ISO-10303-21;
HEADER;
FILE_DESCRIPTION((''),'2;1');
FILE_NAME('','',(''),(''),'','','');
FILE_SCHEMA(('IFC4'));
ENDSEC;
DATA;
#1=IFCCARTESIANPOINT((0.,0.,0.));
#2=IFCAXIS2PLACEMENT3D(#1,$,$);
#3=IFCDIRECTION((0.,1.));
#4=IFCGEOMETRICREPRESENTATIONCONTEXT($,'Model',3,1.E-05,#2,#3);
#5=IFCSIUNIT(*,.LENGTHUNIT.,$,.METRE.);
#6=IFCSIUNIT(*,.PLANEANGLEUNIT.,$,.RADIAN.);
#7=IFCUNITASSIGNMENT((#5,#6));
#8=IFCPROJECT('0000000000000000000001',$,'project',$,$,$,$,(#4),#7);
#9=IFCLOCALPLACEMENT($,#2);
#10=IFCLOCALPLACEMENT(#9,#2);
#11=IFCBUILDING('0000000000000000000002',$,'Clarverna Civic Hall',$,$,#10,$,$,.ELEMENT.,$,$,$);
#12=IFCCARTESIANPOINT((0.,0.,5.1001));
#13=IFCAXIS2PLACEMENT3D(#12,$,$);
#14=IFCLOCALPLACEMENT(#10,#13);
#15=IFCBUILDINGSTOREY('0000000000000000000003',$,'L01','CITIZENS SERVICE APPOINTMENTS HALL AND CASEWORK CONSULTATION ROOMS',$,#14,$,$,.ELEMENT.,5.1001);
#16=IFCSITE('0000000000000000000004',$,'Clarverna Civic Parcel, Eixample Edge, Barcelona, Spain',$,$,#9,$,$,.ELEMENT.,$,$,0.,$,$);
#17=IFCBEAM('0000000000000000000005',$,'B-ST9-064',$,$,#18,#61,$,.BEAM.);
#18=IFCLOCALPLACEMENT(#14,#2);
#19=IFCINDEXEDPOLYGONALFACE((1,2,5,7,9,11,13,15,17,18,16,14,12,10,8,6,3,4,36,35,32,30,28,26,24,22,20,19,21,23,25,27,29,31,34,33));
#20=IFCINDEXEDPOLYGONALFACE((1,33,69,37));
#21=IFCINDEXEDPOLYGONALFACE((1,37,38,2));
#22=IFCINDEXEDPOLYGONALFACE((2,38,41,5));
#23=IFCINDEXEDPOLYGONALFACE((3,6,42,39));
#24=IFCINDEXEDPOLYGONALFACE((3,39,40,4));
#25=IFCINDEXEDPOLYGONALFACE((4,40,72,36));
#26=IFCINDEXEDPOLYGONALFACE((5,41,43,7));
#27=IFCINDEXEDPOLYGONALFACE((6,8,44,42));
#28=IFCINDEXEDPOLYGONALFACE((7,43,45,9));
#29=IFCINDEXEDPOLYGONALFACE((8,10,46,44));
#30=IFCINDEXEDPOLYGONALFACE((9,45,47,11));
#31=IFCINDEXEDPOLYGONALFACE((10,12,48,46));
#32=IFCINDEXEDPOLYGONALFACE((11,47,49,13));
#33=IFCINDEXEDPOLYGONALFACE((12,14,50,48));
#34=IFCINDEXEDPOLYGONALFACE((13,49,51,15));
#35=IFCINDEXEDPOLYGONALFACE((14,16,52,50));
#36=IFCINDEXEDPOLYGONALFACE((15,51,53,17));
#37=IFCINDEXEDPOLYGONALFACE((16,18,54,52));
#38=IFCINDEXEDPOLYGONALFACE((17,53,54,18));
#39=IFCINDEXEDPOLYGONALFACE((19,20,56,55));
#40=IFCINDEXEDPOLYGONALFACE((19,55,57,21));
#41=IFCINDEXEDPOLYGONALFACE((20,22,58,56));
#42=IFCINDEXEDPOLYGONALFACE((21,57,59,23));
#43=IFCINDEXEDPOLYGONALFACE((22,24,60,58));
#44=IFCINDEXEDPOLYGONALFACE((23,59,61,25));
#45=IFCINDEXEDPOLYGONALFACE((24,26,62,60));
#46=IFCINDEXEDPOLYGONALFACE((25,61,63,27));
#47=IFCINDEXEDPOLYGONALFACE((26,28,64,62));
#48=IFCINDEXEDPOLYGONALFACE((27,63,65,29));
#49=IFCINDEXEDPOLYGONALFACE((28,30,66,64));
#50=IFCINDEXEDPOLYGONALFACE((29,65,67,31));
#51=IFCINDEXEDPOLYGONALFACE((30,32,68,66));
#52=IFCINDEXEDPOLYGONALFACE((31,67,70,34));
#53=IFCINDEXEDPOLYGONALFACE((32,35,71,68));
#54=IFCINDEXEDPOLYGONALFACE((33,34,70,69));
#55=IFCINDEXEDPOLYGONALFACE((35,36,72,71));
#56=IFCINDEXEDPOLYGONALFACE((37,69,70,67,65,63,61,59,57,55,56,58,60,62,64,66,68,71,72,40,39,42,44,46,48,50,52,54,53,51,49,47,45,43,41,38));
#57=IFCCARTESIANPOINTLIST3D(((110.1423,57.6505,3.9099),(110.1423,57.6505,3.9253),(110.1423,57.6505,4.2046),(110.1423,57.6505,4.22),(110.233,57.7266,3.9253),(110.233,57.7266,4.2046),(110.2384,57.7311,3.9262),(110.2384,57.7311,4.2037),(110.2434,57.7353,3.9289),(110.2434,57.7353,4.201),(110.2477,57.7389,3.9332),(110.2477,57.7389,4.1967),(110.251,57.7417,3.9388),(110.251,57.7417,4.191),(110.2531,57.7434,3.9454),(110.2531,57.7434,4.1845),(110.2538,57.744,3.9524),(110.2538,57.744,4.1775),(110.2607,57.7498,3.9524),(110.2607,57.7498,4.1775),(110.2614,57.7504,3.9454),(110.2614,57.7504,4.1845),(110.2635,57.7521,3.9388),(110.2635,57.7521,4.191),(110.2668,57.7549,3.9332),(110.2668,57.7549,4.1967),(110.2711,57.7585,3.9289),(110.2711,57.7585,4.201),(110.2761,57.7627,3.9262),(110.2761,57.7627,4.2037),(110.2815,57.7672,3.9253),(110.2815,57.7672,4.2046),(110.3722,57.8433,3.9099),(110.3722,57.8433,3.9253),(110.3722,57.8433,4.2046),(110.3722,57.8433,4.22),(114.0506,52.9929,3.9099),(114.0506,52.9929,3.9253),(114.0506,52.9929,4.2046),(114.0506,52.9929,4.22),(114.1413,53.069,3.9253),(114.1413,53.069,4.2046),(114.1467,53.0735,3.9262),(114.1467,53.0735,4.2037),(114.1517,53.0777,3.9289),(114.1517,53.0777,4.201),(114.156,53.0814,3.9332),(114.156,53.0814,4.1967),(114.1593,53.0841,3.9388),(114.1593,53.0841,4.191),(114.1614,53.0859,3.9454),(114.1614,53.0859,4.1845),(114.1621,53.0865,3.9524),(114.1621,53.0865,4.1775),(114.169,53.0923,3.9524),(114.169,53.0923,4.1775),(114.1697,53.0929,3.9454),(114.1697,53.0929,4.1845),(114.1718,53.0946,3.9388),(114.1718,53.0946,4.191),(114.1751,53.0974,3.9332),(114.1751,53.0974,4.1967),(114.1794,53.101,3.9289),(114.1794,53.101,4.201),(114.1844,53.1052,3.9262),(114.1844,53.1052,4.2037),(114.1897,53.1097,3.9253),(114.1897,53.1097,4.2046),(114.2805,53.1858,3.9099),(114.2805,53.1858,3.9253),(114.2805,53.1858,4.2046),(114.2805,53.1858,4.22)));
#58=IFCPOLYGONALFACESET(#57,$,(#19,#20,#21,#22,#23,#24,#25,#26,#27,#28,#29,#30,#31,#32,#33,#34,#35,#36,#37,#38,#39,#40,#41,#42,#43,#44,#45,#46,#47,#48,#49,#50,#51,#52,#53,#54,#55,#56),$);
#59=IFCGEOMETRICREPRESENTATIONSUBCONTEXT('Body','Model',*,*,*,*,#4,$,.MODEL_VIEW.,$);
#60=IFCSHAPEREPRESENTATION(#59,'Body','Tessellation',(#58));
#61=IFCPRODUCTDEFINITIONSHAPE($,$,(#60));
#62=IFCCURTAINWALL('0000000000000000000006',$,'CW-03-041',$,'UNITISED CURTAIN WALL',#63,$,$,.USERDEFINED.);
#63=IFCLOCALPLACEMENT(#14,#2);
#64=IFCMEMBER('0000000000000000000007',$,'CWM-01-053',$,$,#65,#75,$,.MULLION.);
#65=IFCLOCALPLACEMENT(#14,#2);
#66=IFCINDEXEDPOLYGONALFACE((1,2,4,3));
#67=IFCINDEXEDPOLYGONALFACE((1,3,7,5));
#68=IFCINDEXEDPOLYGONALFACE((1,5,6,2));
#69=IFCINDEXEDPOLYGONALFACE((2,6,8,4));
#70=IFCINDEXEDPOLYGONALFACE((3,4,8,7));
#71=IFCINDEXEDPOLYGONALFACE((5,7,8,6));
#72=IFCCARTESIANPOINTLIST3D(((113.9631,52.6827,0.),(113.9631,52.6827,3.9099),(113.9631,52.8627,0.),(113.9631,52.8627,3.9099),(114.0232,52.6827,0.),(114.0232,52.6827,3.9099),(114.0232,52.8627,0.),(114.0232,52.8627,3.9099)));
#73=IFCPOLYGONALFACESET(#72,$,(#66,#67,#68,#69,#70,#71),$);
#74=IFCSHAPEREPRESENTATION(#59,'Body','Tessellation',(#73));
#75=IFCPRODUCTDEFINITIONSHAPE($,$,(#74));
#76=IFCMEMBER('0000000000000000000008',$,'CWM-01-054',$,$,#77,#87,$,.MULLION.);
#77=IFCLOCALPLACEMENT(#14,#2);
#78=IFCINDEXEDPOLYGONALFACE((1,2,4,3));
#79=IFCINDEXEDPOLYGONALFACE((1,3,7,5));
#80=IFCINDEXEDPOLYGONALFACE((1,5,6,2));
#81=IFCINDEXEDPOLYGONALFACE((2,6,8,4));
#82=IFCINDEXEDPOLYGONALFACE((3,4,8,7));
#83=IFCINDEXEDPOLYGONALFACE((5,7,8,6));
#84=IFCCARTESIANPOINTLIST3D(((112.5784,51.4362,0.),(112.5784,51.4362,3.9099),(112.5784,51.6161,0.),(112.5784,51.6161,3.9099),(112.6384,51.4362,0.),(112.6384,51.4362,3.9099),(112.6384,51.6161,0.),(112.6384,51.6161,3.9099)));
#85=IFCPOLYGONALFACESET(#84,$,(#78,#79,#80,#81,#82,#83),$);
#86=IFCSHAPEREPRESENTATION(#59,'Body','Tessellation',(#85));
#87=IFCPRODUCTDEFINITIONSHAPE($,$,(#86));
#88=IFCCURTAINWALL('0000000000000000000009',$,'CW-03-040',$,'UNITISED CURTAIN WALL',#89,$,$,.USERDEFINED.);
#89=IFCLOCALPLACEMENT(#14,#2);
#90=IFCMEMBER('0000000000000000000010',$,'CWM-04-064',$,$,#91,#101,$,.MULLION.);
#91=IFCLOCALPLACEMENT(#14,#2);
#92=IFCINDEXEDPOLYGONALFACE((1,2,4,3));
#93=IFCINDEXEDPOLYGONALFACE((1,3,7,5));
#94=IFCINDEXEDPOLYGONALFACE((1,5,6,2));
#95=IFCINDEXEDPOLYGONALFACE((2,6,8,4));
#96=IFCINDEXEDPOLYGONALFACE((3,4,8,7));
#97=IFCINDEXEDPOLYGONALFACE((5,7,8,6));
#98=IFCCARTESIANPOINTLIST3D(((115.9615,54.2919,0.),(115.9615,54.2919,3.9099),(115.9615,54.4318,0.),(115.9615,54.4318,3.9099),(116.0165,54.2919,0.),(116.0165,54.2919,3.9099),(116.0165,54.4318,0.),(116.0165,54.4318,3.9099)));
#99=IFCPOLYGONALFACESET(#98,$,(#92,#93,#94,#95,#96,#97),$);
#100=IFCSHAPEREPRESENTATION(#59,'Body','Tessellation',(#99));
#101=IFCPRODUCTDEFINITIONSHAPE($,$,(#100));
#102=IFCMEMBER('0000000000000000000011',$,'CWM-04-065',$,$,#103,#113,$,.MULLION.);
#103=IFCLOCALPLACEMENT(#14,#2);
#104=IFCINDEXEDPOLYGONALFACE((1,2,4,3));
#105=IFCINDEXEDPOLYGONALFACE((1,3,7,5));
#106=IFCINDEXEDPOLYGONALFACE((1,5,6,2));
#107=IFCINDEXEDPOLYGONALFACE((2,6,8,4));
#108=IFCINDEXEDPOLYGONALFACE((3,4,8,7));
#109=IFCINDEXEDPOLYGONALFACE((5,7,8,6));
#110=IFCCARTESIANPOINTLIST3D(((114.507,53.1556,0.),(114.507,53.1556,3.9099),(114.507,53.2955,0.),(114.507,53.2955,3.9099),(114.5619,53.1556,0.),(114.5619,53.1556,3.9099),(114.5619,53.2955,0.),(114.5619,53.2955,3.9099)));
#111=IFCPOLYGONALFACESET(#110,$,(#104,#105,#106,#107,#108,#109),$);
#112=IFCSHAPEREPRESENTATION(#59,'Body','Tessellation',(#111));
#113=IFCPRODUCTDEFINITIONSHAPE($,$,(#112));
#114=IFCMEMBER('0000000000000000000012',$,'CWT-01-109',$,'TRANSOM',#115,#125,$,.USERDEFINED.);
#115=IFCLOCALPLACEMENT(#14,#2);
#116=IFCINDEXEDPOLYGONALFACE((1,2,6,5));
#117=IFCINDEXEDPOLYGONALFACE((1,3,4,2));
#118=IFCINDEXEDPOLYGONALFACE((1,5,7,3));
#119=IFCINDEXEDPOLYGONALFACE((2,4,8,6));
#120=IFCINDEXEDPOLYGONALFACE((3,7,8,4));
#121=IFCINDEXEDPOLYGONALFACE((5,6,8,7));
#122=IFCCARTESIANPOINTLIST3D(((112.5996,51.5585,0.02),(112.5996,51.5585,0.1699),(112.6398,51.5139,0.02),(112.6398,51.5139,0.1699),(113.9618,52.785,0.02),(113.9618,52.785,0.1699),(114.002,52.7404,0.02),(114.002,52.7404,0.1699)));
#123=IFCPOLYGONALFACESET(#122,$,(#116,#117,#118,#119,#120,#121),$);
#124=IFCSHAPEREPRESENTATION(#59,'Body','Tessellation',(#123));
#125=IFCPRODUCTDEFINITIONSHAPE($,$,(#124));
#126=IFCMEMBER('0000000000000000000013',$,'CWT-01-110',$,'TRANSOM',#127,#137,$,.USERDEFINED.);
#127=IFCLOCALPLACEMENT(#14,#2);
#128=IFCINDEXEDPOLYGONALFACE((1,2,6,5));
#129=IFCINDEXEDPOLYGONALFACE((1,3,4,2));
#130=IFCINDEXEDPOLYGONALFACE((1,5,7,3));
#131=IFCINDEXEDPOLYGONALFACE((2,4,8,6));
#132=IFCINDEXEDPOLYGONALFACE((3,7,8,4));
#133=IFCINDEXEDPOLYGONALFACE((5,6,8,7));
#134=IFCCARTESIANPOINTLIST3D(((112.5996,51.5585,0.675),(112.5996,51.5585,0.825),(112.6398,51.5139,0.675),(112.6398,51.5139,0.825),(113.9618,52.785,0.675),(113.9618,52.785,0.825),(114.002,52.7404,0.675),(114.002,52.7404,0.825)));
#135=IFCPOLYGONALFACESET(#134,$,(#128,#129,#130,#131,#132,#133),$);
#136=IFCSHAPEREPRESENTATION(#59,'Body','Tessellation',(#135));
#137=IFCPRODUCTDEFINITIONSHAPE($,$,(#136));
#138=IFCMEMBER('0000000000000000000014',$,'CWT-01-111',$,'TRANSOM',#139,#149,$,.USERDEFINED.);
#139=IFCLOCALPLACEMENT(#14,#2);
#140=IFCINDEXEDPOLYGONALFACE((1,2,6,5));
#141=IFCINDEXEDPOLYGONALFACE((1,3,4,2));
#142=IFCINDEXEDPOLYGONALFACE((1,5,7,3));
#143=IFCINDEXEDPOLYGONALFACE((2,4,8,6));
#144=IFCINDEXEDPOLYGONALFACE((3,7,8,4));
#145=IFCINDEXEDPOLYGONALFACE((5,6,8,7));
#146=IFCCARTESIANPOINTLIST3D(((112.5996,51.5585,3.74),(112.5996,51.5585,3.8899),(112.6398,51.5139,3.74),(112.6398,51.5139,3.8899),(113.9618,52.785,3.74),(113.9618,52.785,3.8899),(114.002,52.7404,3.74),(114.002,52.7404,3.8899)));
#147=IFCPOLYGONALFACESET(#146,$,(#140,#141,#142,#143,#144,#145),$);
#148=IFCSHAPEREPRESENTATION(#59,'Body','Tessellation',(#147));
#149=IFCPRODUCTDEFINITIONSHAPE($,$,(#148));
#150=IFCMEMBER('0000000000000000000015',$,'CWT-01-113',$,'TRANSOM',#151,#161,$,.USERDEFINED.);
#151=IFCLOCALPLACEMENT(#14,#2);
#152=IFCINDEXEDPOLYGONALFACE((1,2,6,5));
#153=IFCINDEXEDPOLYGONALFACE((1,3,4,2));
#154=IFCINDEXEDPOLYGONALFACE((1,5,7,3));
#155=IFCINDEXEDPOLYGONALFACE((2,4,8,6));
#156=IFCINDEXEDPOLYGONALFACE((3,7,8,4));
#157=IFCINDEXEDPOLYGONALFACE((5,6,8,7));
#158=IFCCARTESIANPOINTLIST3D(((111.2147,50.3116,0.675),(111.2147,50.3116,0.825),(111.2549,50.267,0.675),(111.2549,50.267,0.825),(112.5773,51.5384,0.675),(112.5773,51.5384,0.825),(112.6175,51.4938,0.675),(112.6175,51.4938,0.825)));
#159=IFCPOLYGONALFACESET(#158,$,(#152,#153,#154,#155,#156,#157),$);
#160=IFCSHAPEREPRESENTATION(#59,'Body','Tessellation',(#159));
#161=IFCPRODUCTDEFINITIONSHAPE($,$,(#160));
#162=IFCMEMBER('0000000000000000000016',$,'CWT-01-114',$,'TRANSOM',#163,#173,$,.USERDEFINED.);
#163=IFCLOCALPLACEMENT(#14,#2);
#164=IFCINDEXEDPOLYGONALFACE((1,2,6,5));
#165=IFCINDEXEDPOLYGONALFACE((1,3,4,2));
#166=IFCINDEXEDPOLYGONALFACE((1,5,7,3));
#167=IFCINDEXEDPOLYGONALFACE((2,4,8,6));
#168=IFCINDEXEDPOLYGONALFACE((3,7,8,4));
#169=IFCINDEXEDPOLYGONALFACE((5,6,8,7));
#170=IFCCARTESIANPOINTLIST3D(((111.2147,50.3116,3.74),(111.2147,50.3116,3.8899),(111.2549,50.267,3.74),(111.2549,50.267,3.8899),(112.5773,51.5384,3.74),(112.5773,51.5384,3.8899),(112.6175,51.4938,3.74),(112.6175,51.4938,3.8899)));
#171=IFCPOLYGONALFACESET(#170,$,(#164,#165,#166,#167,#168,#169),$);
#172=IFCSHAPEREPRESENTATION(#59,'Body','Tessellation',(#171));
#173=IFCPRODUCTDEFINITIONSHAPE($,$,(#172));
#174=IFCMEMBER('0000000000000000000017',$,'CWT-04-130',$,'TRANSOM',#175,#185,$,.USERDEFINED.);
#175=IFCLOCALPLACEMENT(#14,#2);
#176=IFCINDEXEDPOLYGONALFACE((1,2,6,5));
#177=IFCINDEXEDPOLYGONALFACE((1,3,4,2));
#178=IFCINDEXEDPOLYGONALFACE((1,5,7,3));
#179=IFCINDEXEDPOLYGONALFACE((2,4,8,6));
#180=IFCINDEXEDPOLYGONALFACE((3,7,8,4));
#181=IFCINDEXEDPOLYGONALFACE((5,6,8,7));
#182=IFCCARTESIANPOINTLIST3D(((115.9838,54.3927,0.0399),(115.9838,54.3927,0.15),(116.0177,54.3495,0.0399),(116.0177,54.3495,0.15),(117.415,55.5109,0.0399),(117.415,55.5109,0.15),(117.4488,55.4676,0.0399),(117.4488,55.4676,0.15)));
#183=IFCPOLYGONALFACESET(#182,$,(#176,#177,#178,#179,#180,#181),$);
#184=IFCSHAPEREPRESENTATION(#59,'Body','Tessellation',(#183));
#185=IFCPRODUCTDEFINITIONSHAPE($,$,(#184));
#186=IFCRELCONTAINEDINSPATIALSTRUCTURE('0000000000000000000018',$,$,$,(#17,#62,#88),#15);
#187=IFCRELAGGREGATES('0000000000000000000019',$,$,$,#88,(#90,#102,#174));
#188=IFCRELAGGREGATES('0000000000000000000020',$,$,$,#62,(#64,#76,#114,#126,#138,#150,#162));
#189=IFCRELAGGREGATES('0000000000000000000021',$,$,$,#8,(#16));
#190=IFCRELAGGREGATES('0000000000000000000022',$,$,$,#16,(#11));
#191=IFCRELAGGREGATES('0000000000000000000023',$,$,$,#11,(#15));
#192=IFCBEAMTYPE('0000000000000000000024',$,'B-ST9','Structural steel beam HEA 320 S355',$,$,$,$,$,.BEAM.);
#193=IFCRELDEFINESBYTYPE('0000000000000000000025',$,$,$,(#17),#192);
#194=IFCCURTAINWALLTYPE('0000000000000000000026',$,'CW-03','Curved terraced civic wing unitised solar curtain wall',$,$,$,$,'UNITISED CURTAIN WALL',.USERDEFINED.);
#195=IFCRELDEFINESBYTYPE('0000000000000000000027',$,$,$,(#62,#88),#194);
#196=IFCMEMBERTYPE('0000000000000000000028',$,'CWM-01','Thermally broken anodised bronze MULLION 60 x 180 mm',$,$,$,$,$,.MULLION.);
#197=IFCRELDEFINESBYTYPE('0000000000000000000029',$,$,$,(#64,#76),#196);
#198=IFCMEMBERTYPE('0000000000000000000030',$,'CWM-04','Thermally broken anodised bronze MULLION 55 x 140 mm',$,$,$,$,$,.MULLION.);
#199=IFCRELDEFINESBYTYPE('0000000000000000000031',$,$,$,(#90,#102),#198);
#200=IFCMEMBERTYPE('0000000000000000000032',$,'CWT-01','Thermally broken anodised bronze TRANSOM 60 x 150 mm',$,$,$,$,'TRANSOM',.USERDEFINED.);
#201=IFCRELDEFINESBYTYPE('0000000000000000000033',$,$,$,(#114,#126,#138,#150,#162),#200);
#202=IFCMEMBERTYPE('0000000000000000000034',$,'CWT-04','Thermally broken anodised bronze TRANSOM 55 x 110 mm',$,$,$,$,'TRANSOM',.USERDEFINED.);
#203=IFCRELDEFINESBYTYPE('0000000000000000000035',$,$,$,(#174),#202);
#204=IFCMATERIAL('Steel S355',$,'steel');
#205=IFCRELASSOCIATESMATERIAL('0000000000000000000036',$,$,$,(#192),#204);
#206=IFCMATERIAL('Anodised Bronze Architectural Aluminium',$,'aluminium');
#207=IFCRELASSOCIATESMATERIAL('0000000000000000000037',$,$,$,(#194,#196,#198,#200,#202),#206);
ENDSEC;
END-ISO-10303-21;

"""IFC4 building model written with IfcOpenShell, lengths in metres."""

from ifc_helpers import new_model, si_unit, direction, frame, origin, origin_2d, place, context, subcontext, project, spatial, rectangle, i_section, extrude, material, material_profile, profile_set, type_object, element, aggregate, save


model = new_model("IFC4")

# Units and contexts
model_context = context("Model", 3, precision=1e-05, world=origin(), true_north=direction((0.0, 1.0)))
body_context = subcontext(model_context, "Body", "Model", "MODEL_VIEW")
ifc_project = project(units=[si_unit("LENGTHUNIT", "METRE"), si_unit("PLANEANGLEUNIT", "RADIAN")], contexts=[model_context])

# Site, building, storey
site_placement = place(None, origin())
site = spatial("IfcSite", under=ifc_project, at=site_placement, Name="Clarverna Civic Parcel, Eixample Edge, Barcelona, Spain", CompositionType="ELEMENT", RefElevation=0.0)
building_placement = place(site_placement, origin())
building = spatial("IfcBuilding", under=site, at=building_placement, Name="Clarverna Civic Hall", CompositionType="ELEMENT")
storey_placement = place(building_placement, frame((0.0, 0.0, 5.1001)))
storey = spatial("IfcBuildingStorey", under=building, at=storey_placement, Name="L01", Description="CITIZENS SERVICE APPOINTMENTS HALL AND CASEWORK CONSULTATION ROOMS", CompositionType="ELEMENT", Elevation=5.1001)

# Beam
ifc_material_1 = material(Name="Steel S355", Category="steel")
ifc_material_profile_1 = material_profile(ifc_material_1, i_section(OverallWidth=0.3, OverallDepth=0.3101, WebThickness=0.009, FlangeThickness=0.0154, FilletRadius=0.0271, at=origin_2d()), Name="HEA 320")
ifc_profile_set_1 = profile_set([ifc_material_profile_1], Name="Steel S355")
beam_type_1 = type_object("IfcBeamType", Name="B-ST9", Description="Structural steel beam HEA 320 S355", PredefinedType="BEAM", material=ifc_profile_set_1)
beam_1_placement = place(storey_placement, frame((114.1655, 53.0894, 4.0649), z_axis=(-0.642799, 0.766035, 0.0), x_axis=(-0.766035, -0.642799, 0.0)))
element("IfcBeam", 1, at=beam_1_placement, inside=storey, type_object=beam_type_1, Name="B-ST9-064", PredefinedType="BEAM", context=body_context, shape_type="SweptSolid", body=[
    extrude(i_section(OverallWidth=0.3, OverallDepth=0.3101, WebThickness=0.009, FlangeThickness=0.0154, FilletRadius=0.0271, at=origin_2d()), origin(), (0.0, 0.0, 1.0), 6.0801),
])

# Curtain walls, members
ifc_material_2 = material(Name="Anodised Bronze Architectural Aluminium", Category="aluminium")
curtain_wall_type = type_object("IfcCurtainWallType", Name="CW-03", Description="Curved terraced civic wing unitised solar curtain wall", ElementType="UNITISED CURTAIN WALL", PredefinedType="USERDEFINED", material=ifc_material_2)
curtain_wall_1_placement = place(storey_placement, origin())
curtain_wall_1 = element("IfcCurtainWall", 2, at=curtain_wall_1_placement, inside=storey, type_object=curtain_wall_type, Name="CW-03-041", ObjectType="UNITISED CURTAIN WALL", PredefinedType="USERDEFINED")
ifc_material_profile_2 = material_profile(ifc_material_2, rectangle(XDim=0.0601, YDim=0.1799, at=origin_2d()), Name="BRONZE 60x180")
ifc_profile_set_2 = profile_set([ifc_material_profile_2], Name="Anodised Bronze Architectural Aluminium")
member_type_1 = type_object("IfcMemberType", Name="CWM-01", Description="Thermally broken anodised bronze MULLION 60 x 180 mm", PredefinedType="MULLION", material=ifc_profile_set_2)
member_1_placement = place(storey_placement, frame((113.9932, 52.7727, 0.0), z_axis=(0.0, 0.0, 1.0), x_axis=(1.0, 0.0, 0.0)))
member_1 = element("IfcMember", 3, at=member_1_placement, type_object=member_type_1, Name="CWM-01-053", PredefinedType="MULLION", context=body_context, shape_type="SweptSolid", body=[
    extrude(rectangle(XDim=0.0601, YDim=0.1799, at=origin_2d()), origin(), (0.0, 0.0, 1.0), 3.9099),
])
member_2_placement = place(storey_placement, frame((112.6084, 51.5261, 0.0), z_axis=(0.0, 0.0, 1.0), x_axis=(1.0, 0.0, 0.0)))
member_2 = element("IfcMember", 4, at=member_2_placement, type_object=member_type_1, Name="CWM-01-054", PredefinedType="MULLION", context=body_context, shape_type="SweptSolid", body=[
    extrude(rectangle(XDim=0.0601, YDim=0.1799, at=origin_2d()), origin(), (0.0, 0.0, 1.0), 3.9099),
])
curtain_wall_2_placement = place(storey_placement, origin())
curtain_wall_2 = element("IfcCurtainWall", 5, at=curtain_wall_2_placement, inside=storey, type_object=curtain_wall_type, Name="CW-03-040", ObjectType="UNITISED CURTAIN WALL", PredefinedType="USERDEFINED")
ifc_material_profile_3 = material_profile(ifc_material_2, rectangle(XDim=0.0549, YDim=0.1399, at=origin_2d()), Name="BRONZE 55x140")
ifc_profile_set_3 = profile_set([ifc_material_profile_3], Name="Anodised Bronze Architectural Aluminium")
member_type_2 = type_object("IfcMemberType", Name="CWM-04", Description="Thermally broken anodised bronze MULLION 55 x 140 mm", PredefinedType="MULLION", material=ifc_profile_set_3)
member_3_placement = place(storey_placement, frame((115.989, 54.3618, 0.0), z_axis=(0.0, 0.0, 1.0), x_axis=(1.0, 0.0, 0.0)))
member_3 = element("IfcMember", 6, at=member_3_placement, type_object=member_type_2, Name="CWM-04-064", PredefinedType="MULLION", context=body_context, shape_type="SweptSolid", body=[
    extrude(rectangle(XDim=0.0549, YDim=0.1399, at=origin_2d()), origin(), (0.0, 0.0, 1.0), 3.9099),
])
member_4_placement = place(storey_placement, frame((114.5344, 53.2256, 0.0), z_axis=(0.0, 0.0, 1.0), x_axis=(1.0, 0.0, 0.0)))
member_4 = element("IfcMember", 7, at=member_4_placement, type_object=member_type_2, Name="CWM-04-065", PredefinedType="MULLION", context=body_context, shape_type="SweptSolid", body=[
    extrude(rectangle(XDim=0.0549, YDim=0.1399, at=origin_2d()), origin(), (0.0, 0.0, 1.0), 3.9099),
])

# Members
ifc_material_profile_4 = material_profile(ifc_material_2, rectangle(XDim=0.0601, YDim=0.1499, at=origin_2d()), Name="BRONZE 60x150")
ifc_profile_set_4 = profile_set([ifc_material_profile_4], Name="Anodised Bronze Architectural Aluminium")
member_type_3 = type_object("IfcMemberType", Name="CWT-01", Description="Thermally broken anodised bronze TRANSOM 60 x 150 mm", ElementType="TRANSOM", PredefinedType="USERDEFINED", material=ifc_profile_set_4)
member_5_placement = place(storey_placement, frame((113.9819, 52.7627, 0.095), z_axis=(-0.743162, -0.669112, 0.0), x_axis=(0.669112, -0.743162, 0.0)))
member_5 = element("IfcMember", 8, at=member_5_placement, type_object=member_type_3, Name="CWT-01-109", ObjectType="TRANSOM", PredefinedType="USERDEFINED", context=body_context, shape_type="SweptSolid", body=[
    extrude(rectangle(XDim=0.0601, YDim=0.1499, at=origin_2d()), origin(), (0.0, 0.0, 1.0), 1.833),
])
member_6_placement = place(storey_placement, frame((113.9819, 52.7627, 0.75), z_axis=(-0.743162, -0.669112, 0.0), x_axis=(0.669112, -0.743162, 0.0)))
member_6 = element("IfcMember", 9, at=member_6_placement, type_object=member_type_3, Name="CWT-01-110", ObjectType="TRANSOM", PredefinedType="USERDEFINED", context=body_context, shape_type="SweptSolid", body=[
    extrude(rectangle(XDim=0.0601, YDim=0.1499, at=origin_2d()), origin(), (0.0, 0.0, 1.0), 1.833),
])
member_7_placement = place(storey_placement, frame((113.9819, 52.7627, 3.8149), z_axis=(-0.743162, -0.669112, 0.0), x_axis=(0.669112, -0.743162, 0.0)))
member_7 = element("IfcMember", 10, at=member_7_placement, type_object=member_type_3, Name="CWT-01-111", ObjectType="TRANSOM", PredefinedType="USERDEFINED", context=body_context, shape_type="SweptSolid", body=[
    extrude(rectangle(XDim=0.0601, YDim=0.1499, at=origin_2d()), origin(), (0.0, 0.0, 1.0), 1.833),
])
member_8_placement = place(storey_placement, frame((112.5974, 51.5161, 0.75), z_axis=(-0.743155, -0.669119, 0.0), x_axis=(0.669119, -0.743155, 0.0)))
member_8 = element("IfcMember", 11, at=member_8_placement, type_object=member_type_3, Name="CWT-01-113", ObjectType="TRANSOM", PredefinedType="USERDEFINED", context=body_context, shape_type="SweptSolid", body=[
    extrude(rectangle(XDim=0.0601, YDim=0.1499, at=origin_2d()), origin(), (0.0, 0.0, 1.0), 1.8335),
])
member_9_placement = place(storey_placement, frame((112.5974, 51.5161, 3.8149), z_axis=(-0.743155, -0.669119, 0.0), x_axis=(0.669119, -0.743155, 0.0)))
member_9 = element("IfcMember", 12, at=member_9_placement, type_object=member_type_3, Name="CWT-01-114", ObjectType="TRANSOM", PredefinedType="USERDEFINED", context=body_context, shape_type="SweptSolid", body=[
    extrude(rectangle(XDim=0.0601, YDim=0.1499, at=origin_2d()), origin(), (0.0, 0.0, 1.0), 1.8335),
])
ifc_material_profile_5 = material_profile(ifc_material_2, rectangle(XDim=0.0549, YDim=0.1101, at=origin_2d()), Name="BRONZE 55x110")
ifc_profile_set_5 = profile_set([ifc_material_profile_5], Name="Anodised Bronze Architectural Aluminium")
member_type_4 = type_object("IfcMemberType", Name="CWT-04", Description="Thermally broken anodised bronze TRANSOM 55 x 110 mm", ElementType="TRANSOM", PredefinedType="USERDEFINED", material=ifc_profile_set_5)
member_10_placement = place(storey_placement, frame((117.4319, 55.4893, 0.095), z_axis=(-0.788004, -0.61567, 0.0), x_axis=(0.61567, -0.788004, 0.0)))
member_10 = element("IfcMember", 13, at=member_10_placement, type_object=member_type_4, Name="CWT-04-130", ObjectType="TRANSOM", PredefinedType="USERDEFINED", context=body_context, shape_type="SweptSolid", body=[
    extrude(rectangle(XDim=0.0549, YDim=0.1101, at=origin_2d()), origin(), (0.0, 0.0, 1.0), 1.8162),
])

aggregate(curtain_wall_2, [member_3, member_4, member_10])
aggregate(curtain_wall_1, [member_1, member_2, member_5, member_6, member_7, member_8, member_9])

save(model, "model.ifc")
